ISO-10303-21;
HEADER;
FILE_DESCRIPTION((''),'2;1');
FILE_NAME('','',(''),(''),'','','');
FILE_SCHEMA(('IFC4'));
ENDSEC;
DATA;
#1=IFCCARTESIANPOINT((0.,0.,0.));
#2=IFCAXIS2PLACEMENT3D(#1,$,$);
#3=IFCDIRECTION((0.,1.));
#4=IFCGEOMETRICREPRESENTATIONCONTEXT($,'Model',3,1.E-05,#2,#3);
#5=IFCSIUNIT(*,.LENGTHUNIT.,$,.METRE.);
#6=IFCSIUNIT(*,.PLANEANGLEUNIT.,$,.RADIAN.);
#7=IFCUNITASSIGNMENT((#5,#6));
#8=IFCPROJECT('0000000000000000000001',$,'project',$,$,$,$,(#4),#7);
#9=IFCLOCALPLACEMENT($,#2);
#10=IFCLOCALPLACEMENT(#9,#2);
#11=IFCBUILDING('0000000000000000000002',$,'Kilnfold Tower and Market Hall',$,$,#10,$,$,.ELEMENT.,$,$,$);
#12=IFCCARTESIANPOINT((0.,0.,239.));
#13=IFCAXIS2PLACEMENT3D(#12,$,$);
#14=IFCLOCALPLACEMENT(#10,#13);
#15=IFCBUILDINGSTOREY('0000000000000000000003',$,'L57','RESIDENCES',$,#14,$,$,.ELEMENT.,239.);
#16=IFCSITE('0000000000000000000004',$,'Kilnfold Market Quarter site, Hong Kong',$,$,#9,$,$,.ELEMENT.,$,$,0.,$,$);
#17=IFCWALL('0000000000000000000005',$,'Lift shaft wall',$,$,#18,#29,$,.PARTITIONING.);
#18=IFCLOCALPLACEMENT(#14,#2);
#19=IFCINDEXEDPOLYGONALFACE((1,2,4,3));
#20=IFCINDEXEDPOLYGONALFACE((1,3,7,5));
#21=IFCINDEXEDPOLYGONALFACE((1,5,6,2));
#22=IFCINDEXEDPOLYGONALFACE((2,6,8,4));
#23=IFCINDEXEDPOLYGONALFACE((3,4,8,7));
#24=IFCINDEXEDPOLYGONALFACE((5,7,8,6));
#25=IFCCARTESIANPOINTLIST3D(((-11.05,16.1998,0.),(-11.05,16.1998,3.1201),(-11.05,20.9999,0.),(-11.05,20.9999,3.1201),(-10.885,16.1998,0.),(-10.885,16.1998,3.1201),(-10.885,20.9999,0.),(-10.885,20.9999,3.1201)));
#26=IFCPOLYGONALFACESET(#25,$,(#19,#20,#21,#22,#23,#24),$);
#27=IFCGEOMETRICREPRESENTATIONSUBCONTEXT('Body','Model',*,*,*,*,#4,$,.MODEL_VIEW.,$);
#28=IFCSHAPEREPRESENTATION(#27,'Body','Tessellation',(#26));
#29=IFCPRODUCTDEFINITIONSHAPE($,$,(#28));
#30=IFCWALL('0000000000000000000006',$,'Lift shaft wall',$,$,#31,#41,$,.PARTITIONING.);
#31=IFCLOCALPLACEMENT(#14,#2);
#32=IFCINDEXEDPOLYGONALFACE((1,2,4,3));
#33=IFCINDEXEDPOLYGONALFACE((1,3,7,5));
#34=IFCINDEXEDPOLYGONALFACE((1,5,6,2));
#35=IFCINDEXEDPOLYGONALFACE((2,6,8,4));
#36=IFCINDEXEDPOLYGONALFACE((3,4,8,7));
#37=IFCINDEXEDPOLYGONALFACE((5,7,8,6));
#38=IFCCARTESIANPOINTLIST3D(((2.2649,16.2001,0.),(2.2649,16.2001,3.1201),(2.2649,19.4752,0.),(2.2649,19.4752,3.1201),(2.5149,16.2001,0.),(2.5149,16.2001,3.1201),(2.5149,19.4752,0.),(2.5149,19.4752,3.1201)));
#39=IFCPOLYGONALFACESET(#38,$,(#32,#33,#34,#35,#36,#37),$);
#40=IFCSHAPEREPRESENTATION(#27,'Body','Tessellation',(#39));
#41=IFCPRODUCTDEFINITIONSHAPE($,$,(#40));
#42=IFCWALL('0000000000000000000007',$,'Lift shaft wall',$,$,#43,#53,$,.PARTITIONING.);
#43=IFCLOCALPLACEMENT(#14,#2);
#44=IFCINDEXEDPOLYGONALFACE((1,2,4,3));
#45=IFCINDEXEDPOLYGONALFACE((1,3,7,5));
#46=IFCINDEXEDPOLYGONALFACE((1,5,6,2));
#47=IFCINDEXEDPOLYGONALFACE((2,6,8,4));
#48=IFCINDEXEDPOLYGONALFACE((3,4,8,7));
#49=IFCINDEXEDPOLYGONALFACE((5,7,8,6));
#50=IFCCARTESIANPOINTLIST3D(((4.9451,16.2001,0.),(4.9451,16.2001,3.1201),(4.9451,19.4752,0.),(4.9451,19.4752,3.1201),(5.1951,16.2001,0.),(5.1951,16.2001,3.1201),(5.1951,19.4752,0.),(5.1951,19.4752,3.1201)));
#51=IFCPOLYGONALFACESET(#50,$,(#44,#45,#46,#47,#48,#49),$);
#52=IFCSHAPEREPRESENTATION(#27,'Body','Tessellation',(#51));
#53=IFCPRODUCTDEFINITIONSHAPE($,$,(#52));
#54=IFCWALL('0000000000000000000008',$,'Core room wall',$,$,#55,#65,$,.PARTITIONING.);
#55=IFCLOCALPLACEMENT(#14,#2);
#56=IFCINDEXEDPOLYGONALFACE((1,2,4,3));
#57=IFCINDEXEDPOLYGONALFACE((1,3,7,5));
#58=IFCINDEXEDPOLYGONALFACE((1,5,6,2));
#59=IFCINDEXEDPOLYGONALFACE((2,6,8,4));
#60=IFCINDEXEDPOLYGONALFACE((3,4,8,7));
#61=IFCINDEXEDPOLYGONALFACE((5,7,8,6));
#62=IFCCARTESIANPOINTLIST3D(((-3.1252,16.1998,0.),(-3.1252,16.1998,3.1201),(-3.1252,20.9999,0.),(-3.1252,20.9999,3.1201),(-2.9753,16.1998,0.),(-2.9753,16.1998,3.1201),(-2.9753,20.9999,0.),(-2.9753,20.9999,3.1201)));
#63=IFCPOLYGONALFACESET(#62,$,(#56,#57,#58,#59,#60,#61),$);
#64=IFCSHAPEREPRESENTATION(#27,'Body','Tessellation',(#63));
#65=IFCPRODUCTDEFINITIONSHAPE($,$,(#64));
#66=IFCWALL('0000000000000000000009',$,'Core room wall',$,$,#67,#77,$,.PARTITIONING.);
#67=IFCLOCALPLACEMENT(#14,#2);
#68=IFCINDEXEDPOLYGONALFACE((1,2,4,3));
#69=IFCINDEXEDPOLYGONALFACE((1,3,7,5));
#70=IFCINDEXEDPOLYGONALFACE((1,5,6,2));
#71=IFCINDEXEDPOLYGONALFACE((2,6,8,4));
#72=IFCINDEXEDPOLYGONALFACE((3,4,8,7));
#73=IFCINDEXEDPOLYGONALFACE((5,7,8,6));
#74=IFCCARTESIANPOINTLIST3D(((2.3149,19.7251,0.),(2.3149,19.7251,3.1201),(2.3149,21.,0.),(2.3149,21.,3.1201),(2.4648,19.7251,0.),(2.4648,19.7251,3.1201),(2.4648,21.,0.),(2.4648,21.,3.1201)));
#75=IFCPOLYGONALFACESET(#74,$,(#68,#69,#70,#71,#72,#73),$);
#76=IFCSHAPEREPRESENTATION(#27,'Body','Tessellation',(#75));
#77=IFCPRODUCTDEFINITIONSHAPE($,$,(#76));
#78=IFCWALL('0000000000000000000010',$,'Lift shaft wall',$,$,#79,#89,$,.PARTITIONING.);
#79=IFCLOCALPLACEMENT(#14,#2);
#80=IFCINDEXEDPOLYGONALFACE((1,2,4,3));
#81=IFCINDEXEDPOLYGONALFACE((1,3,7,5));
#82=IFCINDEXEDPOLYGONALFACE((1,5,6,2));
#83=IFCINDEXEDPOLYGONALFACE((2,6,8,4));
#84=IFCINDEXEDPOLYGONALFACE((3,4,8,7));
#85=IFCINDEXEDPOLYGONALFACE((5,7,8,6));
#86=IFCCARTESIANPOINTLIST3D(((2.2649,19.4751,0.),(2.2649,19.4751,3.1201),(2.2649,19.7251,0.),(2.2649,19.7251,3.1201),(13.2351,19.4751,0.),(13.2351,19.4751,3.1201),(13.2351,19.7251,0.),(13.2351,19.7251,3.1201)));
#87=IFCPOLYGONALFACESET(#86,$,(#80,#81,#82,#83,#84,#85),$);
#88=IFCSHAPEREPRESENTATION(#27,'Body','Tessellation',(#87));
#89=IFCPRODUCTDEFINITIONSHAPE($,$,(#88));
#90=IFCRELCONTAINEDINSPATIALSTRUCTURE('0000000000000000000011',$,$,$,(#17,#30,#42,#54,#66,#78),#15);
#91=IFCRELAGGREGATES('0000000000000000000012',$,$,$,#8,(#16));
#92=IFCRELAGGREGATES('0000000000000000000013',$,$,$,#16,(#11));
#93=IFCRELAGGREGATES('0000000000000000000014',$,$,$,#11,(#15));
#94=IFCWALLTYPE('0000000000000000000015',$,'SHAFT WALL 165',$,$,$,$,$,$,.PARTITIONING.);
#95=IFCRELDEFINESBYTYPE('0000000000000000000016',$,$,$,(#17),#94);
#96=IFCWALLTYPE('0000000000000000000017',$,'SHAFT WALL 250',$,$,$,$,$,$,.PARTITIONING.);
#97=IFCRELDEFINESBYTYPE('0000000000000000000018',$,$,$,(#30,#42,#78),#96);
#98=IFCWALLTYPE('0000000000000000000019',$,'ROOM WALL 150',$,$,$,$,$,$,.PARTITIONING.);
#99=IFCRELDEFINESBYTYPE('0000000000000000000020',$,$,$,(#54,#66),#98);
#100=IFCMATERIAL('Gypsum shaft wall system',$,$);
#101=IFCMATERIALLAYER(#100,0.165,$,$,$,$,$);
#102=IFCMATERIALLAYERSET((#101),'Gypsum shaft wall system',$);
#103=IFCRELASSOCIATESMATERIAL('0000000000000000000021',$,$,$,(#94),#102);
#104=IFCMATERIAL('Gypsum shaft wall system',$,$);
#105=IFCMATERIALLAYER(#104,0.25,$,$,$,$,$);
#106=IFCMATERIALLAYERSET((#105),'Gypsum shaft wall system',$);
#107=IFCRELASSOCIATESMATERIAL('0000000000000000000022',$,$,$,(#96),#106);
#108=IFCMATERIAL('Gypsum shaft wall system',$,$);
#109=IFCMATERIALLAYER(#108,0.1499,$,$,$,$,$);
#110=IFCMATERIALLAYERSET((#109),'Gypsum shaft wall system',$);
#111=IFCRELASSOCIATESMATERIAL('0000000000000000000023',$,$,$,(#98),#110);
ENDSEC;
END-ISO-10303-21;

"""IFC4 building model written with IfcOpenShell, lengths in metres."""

from ifc_helpers import new_model, si_unit, direction, frame, frame_2d, origin, place, context, subcontext, project, spatial, rectangle, extrude, source, transform, mapped, material, layer, layer_set, type_object, element, save


model = new_model("IFC4")

# Units and contexts
model_context = context("Model", 3, precision=1e-05, world=origin(), true_north=direction((0.0, 1.0)))
body_context = subcontext(model_context, "Body", "Model", "MODEL_VIEW")
ifc_project = project(units=[si_unit("LENGTHUNIT", "METRE"), si_unit("PLANEANGLEUNIT", "RADIAN")], contexts=[model_context])

# Site, building, storey
site_placement = place(None, origin())
site = spatial("IfcSite", under=ifc_project, at=site_placement, Name="Kilnfold Market Quarter site, Hong Kong", CompositionType="ELEMENT", RefElevation=0.0)
building_placement = place(site_placement, origin())
building = spatial("IfcBuilding", under=site, at=building_placement, Name="Kilnfold Tower and Market Hall", CompositionType="ELEMENT")
storey_placement = place(building_placement, frame((0.0, 0.0, 239.0)))
storey = spatial("IfcBuildingStorey", under=building, at=storey_placement, Name="L57", Description="RESIDENCES", CompositionType="ELEMENT", Elevation=239.0)

# Walls
ifc_material_1 = material(Name="Gypsum shaft wall system")
ifc_layer_1 = layer(ifc_material_1, 0.165)
ifc_layer_set_1 = layer_set([ifc_layer_1], Name="Gypsum shaft wall system")
wall_type_1 = type_object("IfcWallType", Name="SHAFT WALL 165", PredefinedType="PARTITIONING", material=ifc_layer_set_1)
shared_shape_1 = source(origin(), body_context, "Body", "SweptSolid", [
    extrude(rectangle(XDim=4.8, YDim=0.165, at=frame_2d((2.3999, 0.0))), origin(), (0.0, 0.0, 1.0), 3.1201),
])
wall_1_placement = place(storey_placement, frame((-10.9675, 16.2, 0.0), z_axis=(0.0, 0.0, 1.0), x_axis=(0.0, 1.0, 0.0)))
element("IfcWall", 1, at=wall_1_placement, inside=storey, type_object=wall_type_1, Name="Lift shaft wall", PredefinedType="PARTITIONING", context=body_context, shape_type="MappedRepresentation", body=[
    mapped(shared_shape_1, transform((0.0, 0.0, 0.0))),
])
ifc_material_2 = material(Name="Gypsum shaft wall system")
ifc_layer_2 = layer(ifc_material_2, 0.25)
ifc_layer_set_2 = layer_set([ifc_layer_2], Name="Gypsum shaft wall system")
wall_type_2 = type_object("IfcWallType", Name="SHAFT WALL 250", PredefinedType="PARTITIONING", material=ifc_layer_set_2)
shared_shape_2 = source(origin(), body_context, "Body", "SweptSolid", [
    extrude(rectangle(XDim=3.2751, YDim=0.25, at=frame_2d((1.6377, 0.0))), origin(), (0.0, 0.0, 1.0), 3.1201),
])
for number, where, z_axis, x_axis, name in (
    (2, (2.3899, 16.2, 0.0), (0.0, 0.0, 1.0), (0.0, 1.0, 0.0), "Lift shaft wall"),
    (3, (5.0701, 16.2, 0.0), (0.0, 0.0, 1.0), (0.0, 1.0, 0.0), "Lift shaft wall"),
):
    element("IfcWall", number, at=place(storey_placement, frame(where, z_axis=z_axis, x_axis=x_axis)), inside=storey, type_object=wall_type_2, Name=name, PredefinedType="PARTITIONING", context=body_context, shape_type="MappedRepresentation", body=[
        mapped(shared_shape_2, transform((0.0, 0.0, 0.0))),
    ])
ifc_material_3 = material(Name="Gypsum shaft wall system")
ifc_layer_3 = layer(ifc_material_3, 0.1499)
ifc_layer_set_3 = layer_set([ifc_layer_3], Name="Gypsum shaft wall system")
wall_type_3 = type_object("IfcWallType", Name="ROOM WALL 150", PredefinedType="PARTITIONING", material=ifc_layer_set_3)
shared_shape_3 = source(origin(), body_context, "Body", "SweptSolid", [
    extrude(rectangle(XDim=4.8, YDim=0.1499, at=frame_2d((2.3999, 0.0))), origin(), (0.0, 0.0, 1.0), 3.1201),
])
wall_2_placement = place(storey_placement, frame((-3.0503, 16.2, 0.0), z_axis=(0.0, 0.0, 1.0), x_axis=(0.0, 1.0, 0.0)))
element("IfcWall", 4, at=wall_2_placement, inside=storey, type_object=wall_type_3, Name="Core room wall", PredefinedType="PARTITIONING", context=body_context, shape_type="MappedRepresentation", body=[
    mapped(shared_shape_3, transform((0.0, 0.0, 0.0))),
])
shared_shape_4 = source(origin(), body_context, "Body", "SweptSolid", [
    extrude(rectangle(XDim=1.2749, YDim=0.1499, at=frame_2d((0.6375, 0.0))), origin(), (0.0, 0.0, 1.0), 3.1201),
])
wall_3_placement = place(storey_placement, frame((2.3899, 19.7251, 0.0), z_axis=(0.0, 0.0, 1.0), x_axis=(0.0, 1.0, 0.0)))
element("IfcWall", 5, at=wall_3_placement, inside=storey, type_object=wall_type_3, Name="Core room wall", PredefinedType="PARTITIONING", context=body_context, shape_type="MappedRepresentation", body=[
    mapped(shared_shape_4, transform((0.0, 0.0, 0.0))),
])
shared_shape_5 = source(origin(), body_context, "Body", "SweptSolid", [
    extrude(rectangle(XDim=10.9702, YDim=0.25, at=frame_2d((5.4851, 0.0))), origin(), (0.0, 0.0, 1.0), 3.1201),
])
wall_4_placement = place(storey_placement, frame((2.2649, 19.6001, 0.0), z_axis=(0.0, 0.0, 1.0), x_axis=(1.0, 0.0, 0.0)))
element("IfcWall", 6, at=wall_4_placement, inside=storey, type_object=wall_type_2, Name="Lift shaft wall", PredefinedType="PARTITIONING", context=body_context, shape_type="MappedRepresentation", body=[
    mapped(shared_shape_5, transform((0.0, 0.0, 0.0))),
])

save(model, "model.ifc")
